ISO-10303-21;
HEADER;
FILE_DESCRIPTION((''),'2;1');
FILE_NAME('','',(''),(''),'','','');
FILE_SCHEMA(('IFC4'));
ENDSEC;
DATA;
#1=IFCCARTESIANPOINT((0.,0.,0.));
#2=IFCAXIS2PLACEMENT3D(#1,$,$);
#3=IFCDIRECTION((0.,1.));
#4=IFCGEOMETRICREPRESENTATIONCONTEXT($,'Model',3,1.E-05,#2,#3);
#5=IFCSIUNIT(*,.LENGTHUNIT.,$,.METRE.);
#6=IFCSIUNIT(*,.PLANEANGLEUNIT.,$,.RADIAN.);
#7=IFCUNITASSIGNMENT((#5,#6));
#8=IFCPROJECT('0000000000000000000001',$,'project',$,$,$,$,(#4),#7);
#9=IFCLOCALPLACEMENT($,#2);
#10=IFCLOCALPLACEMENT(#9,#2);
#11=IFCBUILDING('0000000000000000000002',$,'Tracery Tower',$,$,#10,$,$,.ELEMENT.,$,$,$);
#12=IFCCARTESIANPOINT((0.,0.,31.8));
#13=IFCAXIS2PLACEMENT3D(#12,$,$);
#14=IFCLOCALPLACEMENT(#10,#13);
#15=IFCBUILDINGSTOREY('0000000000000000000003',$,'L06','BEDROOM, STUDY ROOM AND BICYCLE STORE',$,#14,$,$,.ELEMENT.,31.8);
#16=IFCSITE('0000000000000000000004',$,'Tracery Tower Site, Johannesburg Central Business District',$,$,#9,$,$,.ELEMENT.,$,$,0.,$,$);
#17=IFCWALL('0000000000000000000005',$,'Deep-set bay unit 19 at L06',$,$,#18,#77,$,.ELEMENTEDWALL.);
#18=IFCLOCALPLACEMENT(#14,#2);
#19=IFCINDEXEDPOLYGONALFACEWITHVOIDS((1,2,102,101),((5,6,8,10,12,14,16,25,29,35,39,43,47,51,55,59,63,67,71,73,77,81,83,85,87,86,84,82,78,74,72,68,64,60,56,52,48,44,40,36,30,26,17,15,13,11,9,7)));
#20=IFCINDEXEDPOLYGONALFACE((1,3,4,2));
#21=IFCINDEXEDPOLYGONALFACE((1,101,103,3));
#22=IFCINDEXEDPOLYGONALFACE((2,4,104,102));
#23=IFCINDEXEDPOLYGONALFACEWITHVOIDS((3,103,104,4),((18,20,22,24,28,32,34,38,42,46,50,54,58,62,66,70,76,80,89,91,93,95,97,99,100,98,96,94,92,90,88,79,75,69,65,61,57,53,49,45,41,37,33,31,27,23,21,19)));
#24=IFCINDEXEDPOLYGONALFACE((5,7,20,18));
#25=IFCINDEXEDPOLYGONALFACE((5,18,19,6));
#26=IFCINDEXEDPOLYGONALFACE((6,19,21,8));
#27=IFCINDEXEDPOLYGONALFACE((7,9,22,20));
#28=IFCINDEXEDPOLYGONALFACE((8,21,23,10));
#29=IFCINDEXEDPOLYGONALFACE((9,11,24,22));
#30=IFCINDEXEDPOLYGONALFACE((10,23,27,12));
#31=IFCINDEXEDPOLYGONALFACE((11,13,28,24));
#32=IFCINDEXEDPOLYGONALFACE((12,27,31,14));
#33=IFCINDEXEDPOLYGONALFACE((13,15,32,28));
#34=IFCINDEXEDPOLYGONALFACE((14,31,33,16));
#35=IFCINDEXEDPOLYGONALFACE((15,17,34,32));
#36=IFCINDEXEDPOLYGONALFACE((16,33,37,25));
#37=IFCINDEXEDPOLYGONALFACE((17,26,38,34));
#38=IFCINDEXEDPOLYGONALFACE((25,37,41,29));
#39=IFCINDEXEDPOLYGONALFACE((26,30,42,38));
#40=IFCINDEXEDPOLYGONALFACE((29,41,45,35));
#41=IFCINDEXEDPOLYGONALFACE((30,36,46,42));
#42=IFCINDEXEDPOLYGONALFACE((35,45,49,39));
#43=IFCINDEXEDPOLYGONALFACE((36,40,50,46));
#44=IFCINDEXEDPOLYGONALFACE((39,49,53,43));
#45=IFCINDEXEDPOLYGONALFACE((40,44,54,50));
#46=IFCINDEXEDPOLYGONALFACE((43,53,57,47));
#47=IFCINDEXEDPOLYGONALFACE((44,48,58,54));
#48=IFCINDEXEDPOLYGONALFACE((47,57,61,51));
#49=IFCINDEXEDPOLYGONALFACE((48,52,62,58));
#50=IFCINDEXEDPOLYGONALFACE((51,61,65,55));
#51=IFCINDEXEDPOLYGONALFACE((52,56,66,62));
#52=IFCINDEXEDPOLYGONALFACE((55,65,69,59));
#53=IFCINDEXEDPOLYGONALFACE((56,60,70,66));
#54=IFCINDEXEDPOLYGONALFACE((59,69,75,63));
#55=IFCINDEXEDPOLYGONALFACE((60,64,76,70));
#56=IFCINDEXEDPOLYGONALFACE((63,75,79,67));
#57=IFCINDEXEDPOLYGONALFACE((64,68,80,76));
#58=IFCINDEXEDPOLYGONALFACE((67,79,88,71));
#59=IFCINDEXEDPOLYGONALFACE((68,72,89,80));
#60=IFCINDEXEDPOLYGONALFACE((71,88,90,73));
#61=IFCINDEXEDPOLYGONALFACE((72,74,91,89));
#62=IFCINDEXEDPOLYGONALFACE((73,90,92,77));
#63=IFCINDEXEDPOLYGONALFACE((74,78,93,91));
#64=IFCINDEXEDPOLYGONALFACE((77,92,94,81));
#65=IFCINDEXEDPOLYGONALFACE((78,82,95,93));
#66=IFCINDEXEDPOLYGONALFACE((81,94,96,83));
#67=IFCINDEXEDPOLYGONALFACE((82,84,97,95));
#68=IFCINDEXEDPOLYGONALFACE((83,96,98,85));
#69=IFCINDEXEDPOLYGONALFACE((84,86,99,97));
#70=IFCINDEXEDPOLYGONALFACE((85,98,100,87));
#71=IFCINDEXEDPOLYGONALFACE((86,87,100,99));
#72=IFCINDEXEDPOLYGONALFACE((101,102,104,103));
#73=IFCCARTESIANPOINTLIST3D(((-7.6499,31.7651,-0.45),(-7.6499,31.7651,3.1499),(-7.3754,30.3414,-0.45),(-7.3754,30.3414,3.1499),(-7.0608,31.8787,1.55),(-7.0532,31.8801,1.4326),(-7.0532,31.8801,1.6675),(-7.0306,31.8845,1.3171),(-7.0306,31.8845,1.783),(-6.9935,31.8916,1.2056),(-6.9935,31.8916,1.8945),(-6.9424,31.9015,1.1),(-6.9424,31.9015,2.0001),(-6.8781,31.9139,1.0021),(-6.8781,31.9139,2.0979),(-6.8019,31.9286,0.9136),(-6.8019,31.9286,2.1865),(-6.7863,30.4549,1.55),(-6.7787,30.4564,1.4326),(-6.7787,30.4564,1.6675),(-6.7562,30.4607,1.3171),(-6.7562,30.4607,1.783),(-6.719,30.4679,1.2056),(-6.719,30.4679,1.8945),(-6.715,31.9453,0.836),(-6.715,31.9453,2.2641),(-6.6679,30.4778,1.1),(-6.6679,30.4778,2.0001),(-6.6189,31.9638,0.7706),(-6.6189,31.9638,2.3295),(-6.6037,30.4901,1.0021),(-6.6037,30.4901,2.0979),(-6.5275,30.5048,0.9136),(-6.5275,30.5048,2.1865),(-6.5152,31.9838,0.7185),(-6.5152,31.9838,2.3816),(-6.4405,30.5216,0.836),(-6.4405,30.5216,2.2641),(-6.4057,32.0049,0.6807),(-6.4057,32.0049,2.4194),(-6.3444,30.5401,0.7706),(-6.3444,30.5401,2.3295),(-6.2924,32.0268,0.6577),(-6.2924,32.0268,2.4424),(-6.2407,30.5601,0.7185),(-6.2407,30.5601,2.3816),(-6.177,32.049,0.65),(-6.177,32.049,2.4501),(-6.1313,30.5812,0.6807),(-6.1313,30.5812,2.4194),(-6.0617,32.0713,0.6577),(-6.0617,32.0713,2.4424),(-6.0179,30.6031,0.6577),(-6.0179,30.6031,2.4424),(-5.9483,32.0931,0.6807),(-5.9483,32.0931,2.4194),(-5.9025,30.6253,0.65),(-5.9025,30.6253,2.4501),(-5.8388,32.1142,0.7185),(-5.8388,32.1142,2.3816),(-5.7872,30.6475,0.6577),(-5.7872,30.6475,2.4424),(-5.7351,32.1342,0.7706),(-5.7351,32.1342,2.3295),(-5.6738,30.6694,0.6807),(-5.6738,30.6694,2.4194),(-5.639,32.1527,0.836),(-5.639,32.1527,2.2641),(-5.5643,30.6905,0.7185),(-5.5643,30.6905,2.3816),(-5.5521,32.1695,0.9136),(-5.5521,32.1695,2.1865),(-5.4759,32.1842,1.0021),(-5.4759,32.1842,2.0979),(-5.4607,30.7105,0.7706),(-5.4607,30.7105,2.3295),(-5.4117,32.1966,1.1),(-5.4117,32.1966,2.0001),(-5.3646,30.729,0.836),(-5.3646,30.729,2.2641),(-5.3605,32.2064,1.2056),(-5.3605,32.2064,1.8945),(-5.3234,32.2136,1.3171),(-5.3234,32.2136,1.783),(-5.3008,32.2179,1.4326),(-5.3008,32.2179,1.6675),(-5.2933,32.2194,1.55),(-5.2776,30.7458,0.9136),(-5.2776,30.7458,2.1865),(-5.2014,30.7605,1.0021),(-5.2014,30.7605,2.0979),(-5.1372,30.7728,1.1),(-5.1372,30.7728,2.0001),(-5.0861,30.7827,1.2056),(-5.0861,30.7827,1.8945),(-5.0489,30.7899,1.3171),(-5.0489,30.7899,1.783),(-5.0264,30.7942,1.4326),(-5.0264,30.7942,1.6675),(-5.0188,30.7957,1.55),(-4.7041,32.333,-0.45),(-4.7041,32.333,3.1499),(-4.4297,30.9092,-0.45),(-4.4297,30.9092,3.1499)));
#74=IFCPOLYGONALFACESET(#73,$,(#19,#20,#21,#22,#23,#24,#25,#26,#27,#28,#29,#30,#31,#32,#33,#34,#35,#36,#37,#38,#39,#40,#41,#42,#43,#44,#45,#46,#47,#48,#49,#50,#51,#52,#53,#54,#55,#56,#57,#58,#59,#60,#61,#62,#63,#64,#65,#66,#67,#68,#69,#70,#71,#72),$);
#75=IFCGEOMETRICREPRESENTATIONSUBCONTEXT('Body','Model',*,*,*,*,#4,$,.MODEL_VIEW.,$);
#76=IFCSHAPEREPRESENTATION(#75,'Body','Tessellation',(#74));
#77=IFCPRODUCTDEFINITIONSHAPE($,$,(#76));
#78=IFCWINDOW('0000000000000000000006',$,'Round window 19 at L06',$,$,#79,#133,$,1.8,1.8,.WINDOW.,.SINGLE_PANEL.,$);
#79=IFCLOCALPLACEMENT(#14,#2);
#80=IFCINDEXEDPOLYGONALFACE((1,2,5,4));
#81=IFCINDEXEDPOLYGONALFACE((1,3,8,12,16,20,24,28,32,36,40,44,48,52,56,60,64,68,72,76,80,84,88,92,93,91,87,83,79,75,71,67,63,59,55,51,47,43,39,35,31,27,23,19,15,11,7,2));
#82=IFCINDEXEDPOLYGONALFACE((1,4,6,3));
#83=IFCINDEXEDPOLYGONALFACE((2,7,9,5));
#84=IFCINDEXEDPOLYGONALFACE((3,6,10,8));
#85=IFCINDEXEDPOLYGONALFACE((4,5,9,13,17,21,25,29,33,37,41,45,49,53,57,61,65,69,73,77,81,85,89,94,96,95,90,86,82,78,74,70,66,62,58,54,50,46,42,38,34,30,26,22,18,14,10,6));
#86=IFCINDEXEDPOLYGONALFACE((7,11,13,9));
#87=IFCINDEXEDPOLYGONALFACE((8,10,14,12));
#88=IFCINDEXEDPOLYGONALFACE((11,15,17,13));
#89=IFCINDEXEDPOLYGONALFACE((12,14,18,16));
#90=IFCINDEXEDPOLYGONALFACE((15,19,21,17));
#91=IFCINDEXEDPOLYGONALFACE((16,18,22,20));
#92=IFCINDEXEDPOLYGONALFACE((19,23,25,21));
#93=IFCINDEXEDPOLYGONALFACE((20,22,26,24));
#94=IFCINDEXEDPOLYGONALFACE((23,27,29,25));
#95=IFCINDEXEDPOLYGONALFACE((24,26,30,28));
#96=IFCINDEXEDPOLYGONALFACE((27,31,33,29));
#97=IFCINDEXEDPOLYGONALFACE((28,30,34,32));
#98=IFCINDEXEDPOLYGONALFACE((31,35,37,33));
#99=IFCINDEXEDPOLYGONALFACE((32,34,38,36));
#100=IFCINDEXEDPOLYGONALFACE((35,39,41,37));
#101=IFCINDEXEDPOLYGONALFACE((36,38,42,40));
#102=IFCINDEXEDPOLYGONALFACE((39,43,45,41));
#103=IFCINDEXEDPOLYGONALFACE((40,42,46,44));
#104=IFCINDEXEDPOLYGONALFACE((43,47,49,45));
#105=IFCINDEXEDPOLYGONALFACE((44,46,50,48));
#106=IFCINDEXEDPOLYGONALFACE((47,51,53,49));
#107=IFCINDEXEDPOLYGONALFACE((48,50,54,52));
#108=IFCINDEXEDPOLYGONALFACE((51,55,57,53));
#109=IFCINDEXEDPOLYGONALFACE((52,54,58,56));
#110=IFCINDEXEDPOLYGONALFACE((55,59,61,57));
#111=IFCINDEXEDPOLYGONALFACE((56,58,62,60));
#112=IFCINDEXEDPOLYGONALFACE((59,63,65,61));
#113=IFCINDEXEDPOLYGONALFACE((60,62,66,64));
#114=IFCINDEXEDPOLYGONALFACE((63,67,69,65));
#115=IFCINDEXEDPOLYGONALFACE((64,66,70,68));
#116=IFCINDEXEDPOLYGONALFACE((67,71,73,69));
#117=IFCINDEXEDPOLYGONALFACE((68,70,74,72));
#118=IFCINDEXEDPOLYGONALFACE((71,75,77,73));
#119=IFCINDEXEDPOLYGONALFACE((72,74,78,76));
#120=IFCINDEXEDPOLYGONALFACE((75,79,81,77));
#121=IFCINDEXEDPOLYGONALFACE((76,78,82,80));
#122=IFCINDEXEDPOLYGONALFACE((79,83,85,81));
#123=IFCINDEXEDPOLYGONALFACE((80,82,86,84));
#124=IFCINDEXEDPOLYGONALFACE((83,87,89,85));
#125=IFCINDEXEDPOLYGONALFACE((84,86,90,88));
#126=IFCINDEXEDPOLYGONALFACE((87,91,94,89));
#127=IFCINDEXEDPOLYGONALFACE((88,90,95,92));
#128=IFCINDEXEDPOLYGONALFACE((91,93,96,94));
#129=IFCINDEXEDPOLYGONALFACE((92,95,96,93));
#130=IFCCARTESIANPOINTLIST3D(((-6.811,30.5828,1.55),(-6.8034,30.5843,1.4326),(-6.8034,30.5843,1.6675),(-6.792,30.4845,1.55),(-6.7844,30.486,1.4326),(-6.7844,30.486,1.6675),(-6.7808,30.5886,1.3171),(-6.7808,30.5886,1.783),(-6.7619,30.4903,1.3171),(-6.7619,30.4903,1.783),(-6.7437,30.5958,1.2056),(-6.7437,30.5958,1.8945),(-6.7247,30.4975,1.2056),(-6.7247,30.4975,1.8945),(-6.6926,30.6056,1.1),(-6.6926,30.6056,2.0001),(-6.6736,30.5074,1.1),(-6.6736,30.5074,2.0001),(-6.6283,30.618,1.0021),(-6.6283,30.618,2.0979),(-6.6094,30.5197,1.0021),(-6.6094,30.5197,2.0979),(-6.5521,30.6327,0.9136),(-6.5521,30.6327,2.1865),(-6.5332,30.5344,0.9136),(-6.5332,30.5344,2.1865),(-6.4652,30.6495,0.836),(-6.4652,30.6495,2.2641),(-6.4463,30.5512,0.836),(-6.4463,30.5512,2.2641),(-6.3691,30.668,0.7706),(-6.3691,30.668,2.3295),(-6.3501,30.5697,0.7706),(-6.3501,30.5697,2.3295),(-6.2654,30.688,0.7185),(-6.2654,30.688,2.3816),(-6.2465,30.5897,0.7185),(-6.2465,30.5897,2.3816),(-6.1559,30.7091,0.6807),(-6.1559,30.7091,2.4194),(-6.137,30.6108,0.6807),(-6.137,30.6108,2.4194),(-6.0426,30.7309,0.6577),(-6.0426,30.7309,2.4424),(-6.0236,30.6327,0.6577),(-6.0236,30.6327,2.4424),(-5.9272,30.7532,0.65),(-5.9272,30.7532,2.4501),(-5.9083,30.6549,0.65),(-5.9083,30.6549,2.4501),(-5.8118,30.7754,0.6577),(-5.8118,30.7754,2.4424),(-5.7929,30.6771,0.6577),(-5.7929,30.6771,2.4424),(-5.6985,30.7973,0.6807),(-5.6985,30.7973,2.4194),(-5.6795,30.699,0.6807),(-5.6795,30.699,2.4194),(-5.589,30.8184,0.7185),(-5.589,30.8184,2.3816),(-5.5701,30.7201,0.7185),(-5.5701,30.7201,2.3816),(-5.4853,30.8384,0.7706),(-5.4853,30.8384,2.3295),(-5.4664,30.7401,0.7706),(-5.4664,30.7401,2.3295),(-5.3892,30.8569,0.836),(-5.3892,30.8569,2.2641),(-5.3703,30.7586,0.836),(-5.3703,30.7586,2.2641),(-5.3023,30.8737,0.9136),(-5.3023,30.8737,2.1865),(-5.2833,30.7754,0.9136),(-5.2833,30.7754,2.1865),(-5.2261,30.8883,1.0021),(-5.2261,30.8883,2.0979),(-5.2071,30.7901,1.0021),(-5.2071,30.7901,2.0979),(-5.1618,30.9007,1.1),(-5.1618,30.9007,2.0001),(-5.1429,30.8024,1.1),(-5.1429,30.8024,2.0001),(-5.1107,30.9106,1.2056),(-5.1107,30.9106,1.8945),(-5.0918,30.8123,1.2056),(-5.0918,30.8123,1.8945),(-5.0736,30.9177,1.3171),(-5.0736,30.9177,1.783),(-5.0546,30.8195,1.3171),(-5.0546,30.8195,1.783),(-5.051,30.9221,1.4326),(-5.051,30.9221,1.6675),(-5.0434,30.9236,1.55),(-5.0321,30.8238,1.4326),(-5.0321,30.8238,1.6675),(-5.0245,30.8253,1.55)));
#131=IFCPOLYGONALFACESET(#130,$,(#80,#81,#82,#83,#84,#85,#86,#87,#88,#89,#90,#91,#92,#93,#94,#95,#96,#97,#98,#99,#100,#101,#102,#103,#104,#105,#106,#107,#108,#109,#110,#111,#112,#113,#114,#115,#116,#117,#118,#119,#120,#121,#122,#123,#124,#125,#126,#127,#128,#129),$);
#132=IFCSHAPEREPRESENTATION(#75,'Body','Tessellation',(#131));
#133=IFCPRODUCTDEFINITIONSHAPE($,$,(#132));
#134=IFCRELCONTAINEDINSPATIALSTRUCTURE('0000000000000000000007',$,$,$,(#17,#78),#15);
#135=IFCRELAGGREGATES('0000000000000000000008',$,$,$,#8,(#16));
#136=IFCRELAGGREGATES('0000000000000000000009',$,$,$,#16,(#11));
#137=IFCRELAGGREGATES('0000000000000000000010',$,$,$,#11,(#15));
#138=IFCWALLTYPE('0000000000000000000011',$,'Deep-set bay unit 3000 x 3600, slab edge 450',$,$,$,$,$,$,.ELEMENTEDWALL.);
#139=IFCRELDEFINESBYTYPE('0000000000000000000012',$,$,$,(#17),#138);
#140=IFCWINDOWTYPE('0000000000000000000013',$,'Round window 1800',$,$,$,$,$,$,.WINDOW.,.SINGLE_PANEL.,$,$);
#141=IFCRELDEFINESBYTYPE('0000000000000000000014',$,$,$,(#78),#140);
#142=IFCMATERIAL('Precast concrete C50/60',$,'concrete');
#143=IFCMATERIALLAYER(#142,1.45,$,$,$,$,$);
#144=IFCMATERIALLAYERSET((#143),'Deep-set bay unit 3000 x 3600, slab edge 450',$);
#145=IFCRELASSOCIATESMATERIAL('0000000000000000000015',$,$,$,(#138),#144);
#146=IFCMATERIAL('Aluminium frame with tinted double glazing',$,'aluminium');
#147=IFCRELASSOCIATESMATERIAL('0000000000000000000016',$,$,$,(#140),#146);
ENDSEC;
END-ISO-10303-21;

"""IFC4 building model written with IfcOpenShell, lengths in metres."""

from ifc_helpers import new_model, si_unit, direction, frame, frame_2d, origin, origin_2d, place, context, subcontext, project, spatial, rectangle, circle, extrude, material, layer, layer_set, type_object, element, fill, save


model = new_model("IFC4")

# Units and contexts
model_context = context("Model", 3, precision=1e-05, world=origin(), true_north=direction((0.0, 1.0)))
body_context = subcontext(model_context, "Body", "Model", "MODEL_VIEW")
ifc_project = project(units=[si_unit("LENGTHUNIT", "METRE"), si_unit("PLANEANGLEUNIT", "RADIAN")], contexts=[model_context])

# Site, building, storey
site_placement = place(None, origin())
site = spatial("IfcSite", under=ifc_project, at=site_placement, Name="Tracery Tower Site, Johannesburg Central Business District", CompositionType="ELEMENT", RefElevation=0.0)
building_placement = place(site_placement, origin())
building = spatial("IfcBuilding", under=site, at=building_placement, Name="Tracery Tower", CompositionType="ELEMENT")
storey_placement = place(building_placement, frame((0.0, 0.0, 31.8)))
storey = spatial("IfcBuildingStorey", under=building, at=storey_placement, Name="L06", Description="BEDROOM, STUDY ROOM AND BICYCLE STORE", CompositionType="ELEMENT", Elevation=31.8)

# Wall, opening, window
ifc_material_1 = material(Name="Precast concrete C50/60", Category="concrete")
ifc_layer_1 = layer(ifc_material_1, 1.45)
ifc_layer_set_1 = layer_set([ifc_layer_1], Name="Deep-set bay unit 3000 x 3600, slab edge 450")
wall_type_1 = type_object("IfcWallType", Name="Deep-set bay unit 3000 x 3600, slab edge 450", PredefinedType="ELEMENTEDWALL", material=ifc_layer_set_1)
wall_1_placement = place(storey_placement, frame((-4.5669, 31.6211, -0.45), z_axis=(0.0, 0.0, 1.0), x_axis=(-0.981922, -0.189288, 0.0)))
wall_1 = element("IfcWall", 1, at=wall_1_placement, inside=storey, type_object=wall_type_1, Name="Deep-set bay unit 19 at L06", PredefinedType="ELEMENTEDWALL", context=body_context, shape_type="SweptSolid", body=[
    extrude(rectangle(XDim=3.0, YDim=1.45, at=frame_2d((1.5, 0.0))), origin(), (0.0, 0.0, 1.0), 3.5999),
])
opening_1_placement = place(wall_1_placement, frame((1.5, 0.0, 2.0)))
opening_1 = element("IfcOpeningElement", 2, at=opening_1_placement, cuts=wall_1, PredefinedType="OPENING", context=body_context, shape_type="SweptSolid", body=[
    extrude(circle(Radius=0.9, at=origin_2d()), frame((0.0, 0.7349, 0.0), z_axis=(0.0, -1.0, 0.0), x_axis=(1.0, 0.0, 0.0)), (0.0, 0.0, 1.0), 1.47),
])
ifc_material_2 = material(Name="Aluminium frame with tinted double glazing", Category="aluminium")
window_type = type_object("IfcWindowType", Name="Round window 1800", PartitioningType="SINGLE_PANEL", PredefinedType="WINDOW", material=ifc_material_2)
window_1_placement = place(opening_1_placement, origin())
window_1 = element("IfcWindow", 3, at=window_1_placement, inside=storey, type_object=window_type, Name="Round window 19 at L06", OverallHeight=1.8, OverallWidth=1.8, PartitioningType="SINGLE_PANEL", PredefinedType="WINDOW", context=body_context, shape_type="SweptSolid", body=[
    extrude(circle(Radius=0.9, at=origin_2d()), frame((0.0, 0.6948, 0.0), z_axis=(0.0, -1.0, 0.0), x_axis=(1.0, 0.0, 0.0)), (0.0, 0.0, 1.0), 0.1001),
])
fill(opening_1, window_1)

save(model, "model.ifc")
